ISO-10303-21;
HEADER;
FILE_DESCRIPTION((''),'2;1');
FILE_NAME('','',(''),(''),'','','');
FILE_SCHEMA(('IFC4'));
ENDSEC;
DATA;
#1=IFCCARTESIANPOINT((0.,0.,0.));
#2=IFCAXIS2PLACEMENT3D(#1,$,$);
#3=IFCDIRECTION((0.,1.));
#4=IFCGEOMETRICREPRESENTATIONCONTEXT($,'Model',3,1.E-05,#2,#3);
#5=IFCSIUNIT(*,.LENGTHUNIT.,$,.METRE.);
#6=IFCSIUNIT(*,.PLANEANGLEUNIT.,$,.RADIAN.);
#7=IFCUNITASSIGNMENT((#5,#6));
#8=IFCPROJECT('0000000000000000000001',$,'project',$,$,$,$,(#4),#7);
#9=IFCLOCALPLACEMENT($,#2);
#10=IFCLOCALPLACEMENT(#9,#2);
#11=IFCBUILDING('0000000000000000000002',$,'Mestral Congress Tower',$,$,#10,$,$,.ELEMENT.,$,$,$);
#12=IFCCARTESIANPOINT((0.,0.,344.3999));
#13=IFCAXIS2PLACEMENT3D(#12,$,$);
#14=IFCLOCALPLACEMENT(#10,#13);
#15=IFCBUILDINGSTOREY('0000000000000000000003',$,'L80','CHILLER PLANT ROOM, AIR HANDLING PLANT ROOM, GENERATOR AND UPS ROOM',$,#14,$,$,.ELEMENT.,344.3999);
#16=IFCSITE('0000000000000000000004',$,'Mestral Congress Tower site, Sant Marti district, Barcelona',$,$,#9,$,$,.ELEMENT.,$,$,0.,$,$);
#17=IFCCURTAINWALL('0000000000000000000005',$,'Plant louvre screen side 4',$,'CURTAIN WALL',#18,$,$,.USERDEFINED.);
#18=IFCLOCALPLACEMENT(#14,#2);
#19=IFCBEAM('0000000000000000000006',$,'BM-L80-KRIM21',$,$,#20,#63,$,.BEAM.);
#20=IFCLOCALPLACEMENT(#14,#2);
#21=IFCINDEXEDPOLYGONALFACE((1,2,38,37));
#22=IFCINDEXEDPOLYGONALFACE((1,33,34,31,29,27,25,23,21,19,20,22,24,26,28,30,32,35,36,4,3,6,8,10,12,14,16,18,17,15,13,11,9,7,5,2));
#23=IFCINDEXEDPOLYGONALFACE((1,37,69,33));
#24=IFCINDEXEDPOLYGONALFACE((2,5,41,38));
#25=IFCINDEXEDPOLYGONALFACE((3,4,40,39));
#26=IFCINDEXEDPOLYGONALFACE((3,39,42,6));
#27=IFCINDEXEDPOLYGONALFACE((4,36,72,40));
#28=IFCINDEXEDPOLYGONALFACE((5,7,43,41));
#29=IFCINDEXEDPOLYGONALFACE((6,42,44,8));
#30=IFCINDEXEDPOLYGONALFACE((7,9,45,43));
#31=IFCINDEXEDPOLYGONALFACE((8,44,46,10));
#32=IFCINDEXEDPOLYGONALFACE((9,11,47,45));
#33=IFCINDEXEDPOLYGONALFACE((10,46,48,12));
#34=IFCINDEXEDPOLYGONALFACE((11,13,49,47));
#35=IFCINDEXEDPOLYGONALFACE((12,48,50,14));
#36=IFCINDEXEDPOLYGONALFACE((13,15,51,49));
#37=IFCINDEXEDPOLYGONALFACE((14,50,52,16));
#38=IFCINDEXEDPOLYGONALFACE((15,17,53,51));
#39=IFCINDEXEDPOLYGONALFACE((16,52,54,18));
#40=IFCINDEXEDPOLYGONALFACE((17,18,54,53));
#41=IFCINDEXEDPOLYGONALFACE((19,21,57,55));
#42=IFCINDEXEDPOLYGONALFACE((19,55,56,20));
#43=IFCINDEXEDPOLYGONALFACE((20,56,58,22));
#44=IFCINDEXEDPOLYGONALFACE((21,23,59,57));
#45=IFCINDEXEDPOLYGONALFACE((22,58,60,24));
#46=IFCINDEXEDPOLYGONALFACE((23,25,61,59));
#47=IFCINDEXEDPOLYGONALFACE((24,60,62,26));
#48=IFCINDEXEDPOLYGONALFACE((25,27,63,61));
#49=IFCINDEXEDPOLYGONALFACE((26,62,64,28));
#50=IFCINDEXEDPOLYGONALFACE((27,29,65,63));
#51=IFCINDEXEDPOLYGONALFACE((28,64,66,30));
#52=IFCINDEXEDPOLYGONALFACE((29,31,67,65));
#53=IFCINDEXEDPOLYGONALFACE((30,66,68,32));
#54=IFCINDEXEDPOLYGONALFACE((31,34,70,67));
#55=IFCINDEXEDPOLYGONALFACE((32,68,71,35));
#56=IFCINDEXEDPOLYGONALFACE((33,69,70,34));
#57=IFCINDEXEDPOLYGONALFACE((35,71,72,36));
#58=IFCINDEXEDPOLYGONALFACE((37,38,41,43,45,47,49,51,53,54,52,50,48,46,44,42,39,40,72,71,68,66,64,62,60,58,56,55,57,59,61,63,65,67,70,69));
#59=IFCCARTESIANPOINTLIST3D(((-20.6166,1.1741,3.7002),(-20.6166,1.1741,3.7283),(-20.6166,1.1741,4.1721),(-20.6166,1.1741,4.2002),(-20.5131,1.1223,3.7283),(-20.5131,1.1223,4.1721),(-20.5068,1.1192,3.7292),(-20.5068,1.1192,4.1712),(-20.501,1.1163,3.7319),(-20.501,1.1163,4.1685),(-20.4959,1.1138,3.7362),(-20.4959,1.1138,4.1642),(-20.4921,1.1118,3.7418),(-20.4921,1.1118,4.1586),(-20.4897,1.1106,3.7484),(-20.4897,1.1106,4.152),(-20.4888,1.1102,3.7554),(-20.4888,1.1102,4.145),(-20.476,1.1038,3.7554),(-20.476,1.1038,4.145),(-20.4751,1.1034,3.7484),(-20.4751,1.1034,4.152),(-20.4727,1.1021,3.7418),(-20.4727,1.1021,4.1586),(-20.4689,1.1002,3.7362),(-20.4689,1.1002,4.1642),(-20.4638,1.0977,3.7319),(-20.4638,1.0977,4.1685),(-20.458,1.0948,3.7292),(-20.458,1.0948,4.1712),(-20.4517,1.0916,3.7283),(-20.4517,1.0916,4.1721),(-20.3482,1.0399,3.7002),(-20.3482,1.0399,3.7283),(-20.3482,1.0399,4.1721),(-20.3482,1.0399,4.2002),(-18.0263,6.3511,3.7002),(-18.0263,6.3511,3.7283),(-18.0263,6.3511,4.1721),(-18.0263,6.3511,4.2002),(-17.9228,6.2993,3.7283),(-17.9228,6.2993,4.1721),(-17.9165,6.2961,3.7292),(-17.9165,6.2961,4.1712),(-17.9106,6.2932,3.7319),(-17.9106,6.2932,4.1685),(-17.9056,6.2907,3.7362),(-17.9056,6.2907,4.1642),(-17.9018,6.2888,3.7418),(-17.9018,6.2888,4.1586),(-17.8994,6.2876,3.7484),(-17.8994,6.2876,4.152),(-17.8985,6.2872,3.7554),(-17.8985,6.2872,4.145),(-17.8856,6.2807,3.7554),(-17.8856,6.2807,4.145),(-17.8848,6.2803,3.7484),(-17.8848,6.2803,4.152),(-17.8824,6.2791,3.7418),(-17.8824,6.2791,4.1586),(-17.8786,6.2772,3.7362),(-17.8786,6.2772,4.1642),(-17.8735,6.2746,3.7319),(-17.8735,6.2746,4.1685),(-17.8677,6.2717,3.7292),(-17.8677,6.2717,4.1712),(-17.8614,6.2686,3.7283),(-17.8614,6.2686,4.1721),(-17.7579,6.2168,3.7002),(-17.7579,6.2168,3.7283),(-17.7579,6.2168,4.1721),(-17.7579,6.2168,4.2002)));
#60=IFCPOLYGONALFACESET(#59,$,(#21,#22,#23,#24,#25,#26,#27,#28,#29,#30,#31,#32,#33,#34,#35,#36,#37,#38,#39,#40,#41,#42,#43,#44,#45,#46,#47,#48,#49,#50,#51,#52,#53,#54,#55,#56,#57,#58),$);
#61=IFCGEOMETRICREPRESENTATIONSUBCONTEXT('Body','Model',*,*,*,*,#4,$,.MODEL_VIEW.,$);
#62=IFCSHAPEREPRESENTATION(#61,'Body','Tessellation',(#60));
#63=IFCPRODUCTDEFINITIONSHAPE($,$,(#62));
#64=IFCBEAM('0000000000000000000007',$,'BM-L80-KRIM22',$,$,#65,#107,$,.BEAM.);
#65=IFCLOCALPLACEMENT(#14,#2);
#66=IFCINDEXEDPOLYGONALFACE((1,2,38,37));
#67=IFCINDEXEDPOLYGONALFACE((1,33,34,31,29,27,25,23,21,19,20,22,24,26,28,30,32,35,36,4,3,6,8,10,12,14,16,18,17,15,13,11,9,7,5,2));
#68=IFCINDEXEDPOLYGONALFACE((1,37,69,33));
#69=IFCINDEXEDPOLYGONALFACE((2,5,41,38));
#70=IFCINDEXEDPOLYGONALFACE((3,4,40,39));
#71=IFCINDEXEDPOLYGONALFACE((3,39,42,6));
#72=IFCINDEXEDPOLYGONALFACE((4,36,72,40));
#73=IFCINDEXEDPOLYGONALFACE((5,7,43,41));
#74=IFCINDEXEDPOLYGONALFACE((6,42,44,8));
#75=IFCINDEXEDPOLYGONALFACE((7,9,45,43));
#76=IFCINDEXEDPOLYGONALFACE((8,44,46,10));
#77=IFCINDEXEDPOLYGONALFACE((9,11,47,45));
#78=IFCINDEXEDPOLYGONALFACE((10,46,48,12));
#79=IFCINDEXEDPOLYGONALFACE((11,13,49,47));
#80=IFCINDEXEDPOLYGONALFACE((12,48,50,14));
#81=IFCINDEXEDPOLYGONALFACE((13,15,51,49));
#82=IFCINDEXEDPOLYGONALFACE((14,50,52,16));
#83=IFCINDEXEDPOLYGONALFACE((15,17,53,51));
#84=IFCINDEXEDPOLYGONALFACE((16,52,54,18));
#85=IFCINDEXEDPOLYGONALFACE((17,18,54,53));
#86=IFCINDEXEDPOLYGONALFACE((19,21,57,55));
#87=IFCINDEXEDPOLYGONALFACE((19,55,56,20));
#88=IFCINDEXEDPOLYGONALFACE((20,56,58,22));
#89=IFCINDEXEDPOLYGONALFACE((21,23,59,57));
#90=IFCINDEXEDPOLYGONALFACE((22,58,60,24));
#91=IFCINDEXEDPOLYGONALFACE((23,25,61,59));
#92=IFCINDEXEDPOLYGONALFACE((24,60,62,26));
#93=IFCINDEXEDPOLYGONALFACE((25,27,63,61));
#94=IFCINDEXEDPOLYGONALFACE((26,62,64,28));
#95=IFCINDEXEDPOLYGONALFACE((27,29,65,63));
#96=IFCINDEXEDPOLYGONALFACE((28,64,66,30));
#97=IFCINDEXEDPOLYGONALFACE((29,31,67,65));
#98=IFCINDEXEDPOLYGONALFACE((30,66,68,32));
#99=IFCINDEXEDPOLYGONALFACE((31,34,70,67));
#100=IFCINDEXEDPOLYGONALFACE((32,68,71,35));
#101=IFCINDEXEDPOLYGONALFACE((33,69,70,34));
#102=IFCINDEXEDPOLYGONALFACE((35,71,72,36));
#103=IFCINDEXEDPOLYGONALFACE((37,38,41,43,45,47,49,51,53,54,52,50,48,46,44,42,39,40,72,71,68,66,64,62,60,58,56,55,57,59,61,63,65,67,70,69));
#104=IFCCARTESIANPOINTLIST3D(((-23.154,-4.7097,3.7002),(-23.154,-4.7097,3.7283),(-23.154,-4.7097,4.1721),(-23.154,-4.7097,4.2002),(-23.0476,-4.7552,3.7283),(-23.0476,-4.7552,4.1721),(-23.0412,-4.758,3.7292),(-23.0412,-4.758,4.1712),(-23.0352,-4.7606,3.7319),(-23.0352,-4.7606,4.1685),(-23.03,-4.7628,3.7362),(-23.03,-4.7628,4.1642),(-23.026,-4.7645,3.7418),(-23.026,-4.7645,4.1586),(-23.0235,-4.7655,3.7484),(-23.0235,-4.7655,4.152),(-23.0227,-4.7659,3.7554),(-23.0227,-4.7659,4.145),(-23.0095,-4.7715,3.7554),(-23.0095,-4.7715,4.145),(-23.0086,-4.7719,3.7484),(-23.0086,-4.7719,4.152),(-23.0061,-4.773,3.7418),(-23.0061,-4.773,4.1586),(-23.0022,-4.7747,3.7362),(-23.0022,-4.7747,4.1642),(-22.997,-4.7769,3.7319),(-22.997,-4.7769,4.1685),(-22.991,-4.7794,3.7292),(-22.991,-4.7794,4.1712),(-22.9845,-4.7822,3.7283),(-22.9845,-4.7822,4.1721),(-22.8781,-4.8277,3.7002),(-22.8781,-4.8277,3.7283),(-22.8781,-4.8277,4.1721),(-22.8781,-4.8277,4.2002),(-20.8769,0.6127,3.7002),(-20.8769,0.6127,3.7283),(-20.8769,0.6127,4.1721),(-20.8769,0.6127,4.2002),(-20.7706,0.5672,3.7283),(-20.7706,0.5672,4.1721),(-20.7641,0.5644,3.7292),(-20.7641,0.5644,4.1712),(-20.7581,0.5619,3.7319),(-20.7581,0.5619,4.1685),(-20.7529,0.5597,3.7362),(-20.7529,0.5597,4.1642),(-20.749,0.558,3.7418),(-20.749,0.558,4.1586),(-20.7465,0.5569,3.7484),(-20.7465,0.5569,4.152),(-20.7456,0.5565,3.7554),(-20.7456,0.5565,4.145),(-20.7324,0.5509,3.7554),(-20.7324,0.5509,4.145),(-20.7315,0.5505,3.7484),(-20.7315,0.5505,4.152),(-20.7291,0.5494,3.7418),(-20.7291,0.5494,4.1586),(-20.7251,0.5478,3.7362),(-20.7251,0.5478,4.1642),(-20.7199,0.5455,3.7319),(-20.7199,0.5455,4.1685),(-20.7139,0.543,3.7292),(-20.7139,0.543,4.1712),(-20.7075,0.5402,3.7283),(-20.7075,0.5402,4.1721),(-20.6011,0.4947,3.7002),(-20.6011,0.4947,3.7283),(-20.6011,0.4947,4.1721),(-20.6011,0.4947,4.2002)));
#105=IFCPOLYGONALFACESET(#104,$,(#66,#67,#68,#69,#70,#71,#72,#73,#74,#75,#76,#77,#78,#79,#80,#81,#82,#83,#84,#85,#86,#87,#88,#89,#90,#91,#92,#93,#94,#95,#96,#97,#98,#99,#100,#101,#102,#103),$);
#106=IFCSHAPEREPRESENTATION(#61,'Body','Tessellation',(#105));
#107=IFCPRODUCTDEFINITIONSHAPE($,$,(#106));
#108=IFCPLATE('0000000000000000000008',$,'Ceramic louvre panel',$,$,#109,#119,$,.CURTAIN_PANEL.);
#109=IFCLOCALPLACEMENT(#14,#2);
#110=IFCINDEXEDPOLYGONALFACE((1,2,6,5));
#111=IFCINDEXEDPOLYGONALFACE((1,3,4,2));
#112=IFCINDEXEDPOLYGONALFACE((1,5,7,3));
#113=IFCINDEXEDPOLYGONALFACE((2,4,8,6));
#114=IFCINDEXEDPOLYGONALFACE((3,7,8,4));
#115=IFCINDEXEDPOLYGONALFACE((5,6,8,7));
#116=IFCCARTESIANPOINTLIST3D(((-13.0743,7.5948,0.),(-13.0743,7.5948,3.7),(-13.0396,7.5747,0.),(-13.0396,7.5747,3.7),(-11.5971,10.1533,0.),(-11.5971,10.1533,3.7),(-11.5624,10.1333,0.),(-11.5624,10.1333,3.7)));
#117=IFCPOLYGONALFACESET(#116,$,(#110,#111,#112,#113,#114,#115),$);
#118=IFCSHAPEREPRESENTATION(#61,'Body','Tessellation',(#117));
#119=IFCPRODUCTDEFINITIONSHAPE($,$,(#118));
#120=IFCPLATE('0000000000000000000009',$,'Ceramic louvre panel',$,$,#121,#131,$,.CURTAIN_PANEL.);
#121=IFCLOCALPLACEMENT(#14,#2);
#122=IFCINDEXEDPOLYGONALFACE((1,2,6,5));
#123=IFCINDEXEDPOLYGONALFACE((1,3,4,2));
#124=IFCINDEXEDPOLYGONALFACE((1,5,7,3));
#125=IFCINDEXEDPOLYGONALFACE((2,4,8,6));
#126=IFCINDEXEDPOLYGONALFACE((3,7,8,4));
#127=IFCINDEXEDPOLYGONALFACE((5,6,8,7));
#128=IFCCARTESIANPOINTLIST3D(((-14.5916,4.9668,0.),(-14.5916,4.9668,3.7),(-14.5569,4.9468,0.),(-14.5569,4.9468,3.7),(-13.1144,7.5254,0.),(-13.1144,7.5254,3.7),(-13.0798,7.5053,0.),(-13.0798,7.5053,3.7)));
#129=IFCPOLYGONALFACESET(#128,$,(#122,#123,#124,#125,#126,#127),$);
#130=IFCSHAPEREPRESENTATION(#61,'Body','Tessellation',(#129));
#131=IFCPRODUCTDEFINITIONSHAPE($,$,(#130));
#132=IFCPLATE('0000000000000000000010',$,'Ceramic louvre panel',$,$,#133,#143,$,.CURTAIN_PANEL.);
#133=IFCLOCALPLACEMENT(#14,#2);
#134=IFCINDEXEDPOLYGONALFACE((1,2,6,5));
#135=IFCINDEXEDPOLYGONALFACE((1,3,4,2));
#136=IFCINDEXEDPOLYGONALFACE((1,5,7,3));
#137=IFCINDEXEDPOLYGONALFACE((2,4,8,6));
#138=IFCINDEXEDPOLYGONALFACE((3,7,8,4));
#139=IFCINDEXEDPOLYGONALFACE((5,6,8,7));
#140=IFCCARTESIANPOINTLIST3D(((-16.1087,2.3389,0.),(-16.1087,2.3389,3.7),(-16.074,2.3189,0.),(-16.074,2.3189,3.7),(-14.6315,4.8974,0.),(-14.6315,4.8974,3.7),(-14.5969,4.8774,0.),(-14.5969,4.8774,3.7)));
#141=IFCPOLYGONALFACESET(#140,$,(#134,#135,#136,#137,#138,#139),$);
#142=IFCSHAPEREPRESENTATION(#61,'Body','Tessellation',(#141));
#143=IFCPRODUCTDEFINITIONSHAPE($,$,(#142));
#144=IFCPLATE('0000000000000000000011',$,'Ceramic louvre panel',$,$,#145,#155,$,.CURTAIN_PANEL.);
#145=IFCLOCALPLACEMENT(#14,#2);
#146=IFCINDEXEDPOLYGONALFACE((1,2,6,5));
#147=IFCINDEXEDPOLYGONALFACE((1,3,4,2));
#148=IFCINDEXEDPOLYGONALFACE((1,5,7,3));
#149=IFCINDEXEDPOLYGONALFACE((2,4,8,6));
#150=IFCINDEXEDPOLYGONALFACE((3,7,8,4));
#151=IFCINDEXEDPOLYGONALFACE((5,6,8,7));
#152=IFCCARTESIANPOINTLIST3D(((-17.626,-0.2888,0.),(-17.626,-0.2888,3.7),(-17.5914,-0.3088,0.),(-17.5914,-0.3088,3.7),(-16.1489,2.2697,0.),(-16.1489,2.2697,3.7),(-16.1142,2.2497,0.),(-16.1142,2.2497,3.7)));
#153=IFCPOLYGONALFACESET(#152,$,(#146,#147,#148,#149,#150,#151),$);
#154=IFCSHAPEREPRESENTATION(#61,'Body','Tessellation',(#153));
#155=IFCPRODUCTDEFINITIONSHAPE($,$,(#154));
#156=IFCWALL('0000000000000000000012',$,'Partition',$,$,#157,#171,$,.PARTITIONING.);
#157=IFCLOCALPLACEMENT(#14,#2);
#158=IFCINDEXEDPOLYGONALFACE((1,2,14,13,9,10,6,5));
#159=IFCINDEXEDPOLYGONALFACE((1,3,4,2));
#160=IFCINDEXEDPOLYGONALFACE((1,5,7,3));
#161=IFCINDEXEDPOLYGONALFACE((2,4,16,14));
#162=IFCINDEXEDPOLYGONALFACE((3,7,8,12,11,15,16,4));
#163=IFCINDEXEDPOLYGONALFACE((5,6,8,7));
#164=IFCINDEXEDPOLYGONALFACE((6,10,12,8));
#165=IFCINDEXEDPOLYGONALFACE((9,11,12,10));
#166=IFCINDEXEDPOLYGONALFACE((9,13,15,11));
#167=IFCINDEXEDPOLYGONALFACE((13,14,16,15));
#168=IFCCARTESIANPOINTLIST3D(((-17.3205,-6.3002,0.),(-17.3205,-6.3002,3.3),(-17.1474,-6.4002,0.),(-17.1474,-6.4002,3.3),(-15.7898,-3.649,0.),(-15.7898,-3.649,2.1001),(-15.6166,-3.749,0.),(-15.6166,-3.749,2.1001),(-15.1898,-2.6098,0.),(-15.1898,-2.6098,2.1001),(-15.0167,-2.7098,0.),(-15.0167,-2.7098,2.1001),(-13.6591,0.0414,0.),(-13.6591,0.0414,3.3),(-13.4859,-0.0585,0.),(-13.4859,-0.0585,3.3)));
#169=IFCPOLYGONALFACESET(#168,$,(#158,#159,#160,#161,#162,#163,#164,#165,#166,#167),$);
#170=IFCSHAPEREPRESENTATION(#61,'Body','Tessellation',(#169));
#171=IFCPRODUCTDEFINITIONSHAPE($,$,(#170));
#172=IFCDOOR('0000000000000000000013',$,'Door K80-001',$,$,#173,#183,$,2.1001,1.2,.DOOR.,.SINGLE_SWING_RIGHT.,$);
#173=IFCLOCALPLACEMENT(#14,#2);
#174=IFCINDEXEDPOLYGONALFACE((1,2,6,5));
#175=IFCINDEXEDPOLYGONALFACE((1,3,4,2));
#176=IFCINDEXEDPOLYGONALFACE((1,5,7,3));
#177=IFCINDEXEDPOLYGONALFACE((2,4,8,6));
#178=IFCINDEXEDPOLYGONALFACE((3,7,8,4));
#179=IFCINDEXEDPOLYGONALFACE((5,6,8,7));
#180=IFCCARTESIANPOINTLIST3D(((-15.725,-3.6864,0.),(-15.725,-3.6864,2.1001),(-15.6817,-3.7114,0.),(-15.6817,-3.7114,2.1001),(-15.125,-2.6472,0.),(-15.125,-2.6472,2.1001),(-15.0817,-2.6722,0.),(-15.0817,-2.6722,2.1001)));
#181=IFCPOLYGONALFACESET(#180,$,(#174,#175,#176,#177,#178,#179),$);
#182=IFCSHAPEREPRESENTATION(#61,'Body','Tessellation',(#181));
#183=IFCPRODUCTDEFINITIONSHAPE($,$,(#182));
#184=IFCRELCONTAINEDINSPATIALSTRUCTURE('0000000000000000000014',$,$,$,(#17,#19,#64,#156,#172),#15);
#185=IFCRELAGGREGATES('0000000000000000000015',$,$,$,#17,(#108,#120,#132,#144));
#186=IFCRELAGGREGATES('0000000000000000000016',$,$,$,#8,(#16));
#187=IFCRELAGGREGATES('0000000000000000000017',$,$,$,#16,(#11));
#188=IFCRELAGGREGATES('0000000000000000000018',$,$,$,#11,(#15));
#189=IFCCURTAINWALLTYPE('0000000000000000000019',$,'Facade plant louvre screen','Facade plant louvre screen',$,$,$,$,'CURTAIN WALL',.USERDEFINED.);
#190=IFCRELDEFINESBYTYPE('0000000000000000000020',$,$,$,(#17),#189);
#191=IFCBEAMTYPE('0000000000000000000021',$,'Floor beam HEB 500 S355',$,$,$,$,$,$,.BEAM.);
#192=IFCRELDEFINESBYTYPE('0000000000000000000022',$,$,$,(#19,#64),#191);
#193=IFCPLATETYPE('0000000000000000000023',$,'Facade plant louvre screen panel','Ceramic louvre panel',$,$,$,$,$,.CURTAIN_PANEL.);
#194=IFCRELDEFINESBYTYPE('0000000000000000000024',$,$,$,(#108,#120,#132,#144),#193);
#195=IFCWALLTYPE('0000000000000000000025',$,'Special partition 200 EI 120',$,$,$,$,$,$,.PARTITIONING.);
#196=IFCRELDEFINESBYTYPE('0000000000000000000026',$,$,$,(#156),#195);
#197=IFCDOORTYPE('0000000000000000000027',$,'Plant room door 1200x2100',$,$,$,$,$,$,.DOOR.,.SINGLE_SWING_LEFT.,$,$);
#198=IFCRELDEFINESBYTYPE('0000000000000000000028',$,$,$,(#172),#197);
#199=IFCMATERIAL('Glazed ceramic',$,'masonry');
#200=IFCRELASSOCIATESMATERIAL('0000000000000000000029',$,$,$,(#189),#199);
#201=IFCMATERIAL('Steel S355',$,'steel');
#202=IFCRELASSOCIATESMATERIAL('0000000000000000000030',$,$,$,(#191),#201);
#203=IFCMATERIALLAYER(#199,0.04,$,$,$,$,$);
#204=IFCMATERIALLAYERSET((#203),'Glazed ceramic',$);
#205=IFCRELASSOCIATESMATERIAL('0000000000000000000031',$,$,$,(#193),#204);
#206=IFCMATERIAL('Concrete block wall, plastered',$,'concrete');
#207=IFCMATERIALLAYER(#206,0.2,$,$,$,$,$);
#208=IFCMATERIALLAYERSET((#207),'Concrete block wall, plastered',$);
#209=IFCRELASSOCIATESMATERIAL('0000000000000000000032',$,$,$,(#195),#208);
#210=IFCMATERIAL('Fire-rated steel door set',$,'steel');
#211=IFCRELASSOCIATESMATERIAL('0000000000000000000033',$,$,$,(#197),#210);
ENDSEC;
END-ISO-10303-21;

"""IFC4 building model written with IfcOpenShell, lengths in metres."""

from ifc_helpers import new_model, si_unit, direction, frame, frame_2d, origin, origin_2d, place, context, subcontext, project, spatial, rectangle, i_section, extrude, material, layer, layer_set, material_profile, profile_set, type_object, element, fill, aggregate, save


model = new_model("IFC4")

# Units and contexts
model_context = context("Model", 3, precision=1e-05, world=origin(), true_north=direction((0.0, 1.0)))
body_context = subcontext(model_context, "Body", "Model", "MODEL_VIEW")
ifc_project = project(units=[si_unit("LENGTHUNIT", "METRE"), si_unit("PLANEANGLEUNIT", "RADIAN")], contexts=[model_context])

# Site, building, storey
site_placement = place(None, origin())
site = spatial("IfcSite", under=ifc_project, at=site_placement, Name="Mestral Congress Tower site, Sant Marti district, Barcelona", CompositionType="ELEMENT", RefElevation=0.0)
building_placement = place(site_placement, origin())
building = spatial("IfcBuilding", under=site, at=building_placement, Name="Mestral Congress Tower", CompositionType="ELEMENT")
storey_placement = place(building_placement, frame((0.0, 0.0, 344.3999)))
storey = spatial("IfcBuildingStorey", under=building, at=storey_placement, Name="L80", Description="CHILLER PLANT ROOM, AIR HANDLING PLANT ROOM, GENERATOR AND UPS ROOM", CompositionType="ELEMENT", Elevation=344.3999)

# Shared definitions
ifc_material_1 = material(Name="Steel S355", Category="steel")

# Curtain wall
ifc_material_2 = material(Name="Glazed ceramic", Category="masonry")
curtain_wall_type = type_object("IfcCurtainWallType", Name="Facade plant louvre screen", Description="Facade plant louvre screen", ElementType="CURTAIN WALL", PredefinedType="USERDEFINED", material=ifc_material_2)
curtain_wall_placement = place(storey_placement, origin())
curtain_wall = element("IfcCurtainWall", 1, at=curtain_wall_placement, inside=storey, type_object=curtain_wall_type, Name="Plant louvre screen side 4", ObjectType="CURTAIN WALL", PredefinedType="USERDEFINED")

# Beams
ifc_material_profile_1 = material_profile(ifc_material_1, i_section(OverallWidth=0.3, OverallDepth=0.5, WebThickness=0.0144, FlangeThickness=0.0281, FilletRadius=0.0271, at=origin_2d()), Name="HEB 500")
ifc_profile_set_1 = profile_set([ifc_material_profile_1], Name="Steel S355")
beam_type_1 = type_object("IfcBeamType", Name="Floor beam HEB 500 S355", PredefinedType="BEAM", material=ifc_profile_set_1)
beam_1_placement = place(storey_placement, frame((-17.8921, 6.2839, 3.9502), z_axis=(-0.447467, -0.894301, 0.0), x_axis=(0.894301, -0.447467, 0.0)))
element("IfcBeam", 2, at=beam_1_placement, inside=storey, type_object=beam_type_1, Name="BM-L80-KRIM21", PredefinedType="BEAM", context=body_context, shape_type="SweptSolid", body=[
    extrude(i_section(OverallWidth=0.3, OverallDepth=0.5, WebThickness=0.0144, FlangeThickness=0.0281, FilletRadius=0.0271, at=origin_2d()), origin(), (0.0, 0.0, 1.0), 5.7888),
])
beam_2_placement = place(storey_placement, frame((-20.739, 0.5537, 3.9502), z_axis=(-0.393339, -0.919394, 0.0), x_axis=(0.919394, -0.393339, 0.0)))
element("IfcBeam", 3, at=beam_2_placement, inside=storey, type_object=beam_type_1, Name="BM-L80-KRIM22", PredefinedType="BEAM", context=body_context, shape_type="SweptSolid", body=[
    extrude(i_section(OverallWidth=0.3, OverallDepth=0.5, WebThickness=0.0144, FlangeThickness=0.0281, FilletRadius=0.0271, at=origin_2d()), origin(), (0.0, 0.0, 1.0), 5.7891),
])

# Plates
ifc_layer_1 = layer(ifc_material_2, 0.04)
ifc_layer_set_1 = layer_set([ifc_layer_1], Name="Glazed ceramic")
plate_type = type_object("IfcPlateType", Name="Facade plant louvre screen panel", Description="Ceramic louvre panel", PredefinedType="CURTAIN_PANEL", material=ifc_layer_set_1)
plate_1_placement = place(storey_placement, frame((-12.3184, 8.864, 0.0), z_axis=(0.0, 0.0, 1.0), x_axis=(-0.500002, -0.866025, 0.0)))
plate_1 = element("IfcPlate", 4, at=plate_1_placement, type_object=plate_type, Name="Ceramic louvre panel", PredefinedType="CURTAIN_PANEL", context=body_context, shape_type="SweptSolid", body=[
    extrude(rectangle(XDim=2.9543, YDim=0.04, at=origin_2d()), origin(), (0.0, 0.0, 1.0), 3.7),
])
plate_2_placement = place(storey_placement, frame((-13.8357, 6.2361, 0.0), z_axis=(0.0, 0.0, 1.0), x_axis=(-0.500002, -0.866025, 0.0)))
plate_2 = element("IfcPlate", 5, at=plate_2_placement, type_object=plate_type, Name="Ceramic louvre panel", PredefinedType="CURTAIN_PANEL", context=body_context, shape_type="SweptSolid", body=[
    extrude(rectangle(XDim=2.9543, YDim=0.04, at=origin_2d()), origin(), (0.0, 0.0, 1.0), 3.7),
])
plate_3_placement = place(storey_placement, frame((-15.3528, 3.6082, 0.0), z_axis=(0.0, 0.0, 1.0), x_axis=(-0.500002, -0.866025, 0.0)))
plate_3 = element("IfcPlate", 6, at=plate_3_placement, type_object=plate_type, Name="Ceramic louvre panel", PredefinedType="CURTAIN_PANEL", context=body_context, shape_type="SweptSolid", body=[
    extrude(rectangle(XDim=2.9543, YDim=0.04, at=origin_2d()), origin(), (0.0, 0.0, 1.0), 3.7),
])
plate_4_placement = place(storey_placement, frame((-16.8701, 0.9805, 0.0), z_axis=(0.0, 0.0, 1.0), x_axis=(-0.500002, -0.866025, 0.0)))
plate_4 = element("IfcPlate", 7, at=plate_4_placement, type_object=plate_type, Name="Ceramic louvre panel", PredefinedType="CURTAIN_PANEL", context=body_context, shape_type="SweptSolid", body=[
    extrude(rectangle(XDim=2.9543, YDim=0.04, at=origin_2d()), origin(), (0.0, 0.0, 1.0), 3.7),
])
aggregate(curtain_wall, [plate_1, plate_2, plate_3, plate_4])

# Wall, opening, door
ifc_material_3 = material(Name="Concrete block wall, plastered", Category="concrete")
ifc_layer_2 = layer(ifc_material_3, 0.2)
ifc_layer_set_2 = layer_set([ifc_layer_2], Name="Concrete block wall, plastered")
wall_type = type_object("IfcWallType", Name="Special partition 200 EI 120", PredefinedType="PARTITIONING", material=ifc_layer_set_2)
wall_1_placement = place(storey_placement, frame((-13.5725, -0.0085, 0.0), z_axis=(0.0, 0.0, 1.0), x_axis=(-0.500008, -0.866021, 0.0)))
wall_1 = element("IfcWall", 8, at=wall_1_placement, inside=storey, type_object=wall_type, Name="Partition", PredefinedType="PARTITIONING", context=body_context, shape_type="SweptSolid", body=[
    extrude(rectangle(XDim=7.3228, YDim=0.2, at=frame_2d((3.6614, 0.0))), origin(), (0.0, 0.0, 1.0), 3.3),
])
opening_placement = place(wall_1_placement, frame((3.0613, 0.0, 0.0)))
opening = element("IfcOpeningElement", 9, at=opening_placement, cuts=wall_1, PredefinedType="OPENING", context=body_context, shape_type="SweptSolid", body=[
    extrude(rectangle(XDim=1.2, YDim=2.1001, at=frame_2d((0.6001, 1.05))), frame((0.0, 0.1099, 0.0), z_axis=(0.0, -1.0, 0.0), x_axis=(1.0, 0.0, 0.0)), (0.0, 0.0, 1.0), 0.22),
])
ifc_material_4 = material(Name="Fire-rated steel door set", Category="steel")
door_type = type_object("IfcDoorType", Name="Plant room door 1200x2100", OperationType="SINGLE_SWING_LEFT", PredefinedType="DOOR", material=ifc_material_4)
door_placement = place(opening_placement, origin())
door = element("IfcDoor", 10, at=door_placement, inside=storey, type_object=door_type, Name="Door K80-001", OperationType="SINGLE_SWING_RIGHT", OverallHeight=2.1001, OverallWidth=1.2, PredefinedType="DOOR", context=body_context, shape_type="SweptSolid", body=[
    extrude(rectangle(XDim=1.2, YDim=2.1001, at=frame_2d((0.6001, 1.05))), frame((0.0, 0.0249, 0.0), z_axis=(0.0, -1.0, 0.0), x_axis=(1.0, 0.0, 0.0)), (0.0, 0.0, 1.0), 0.05),
])
fill(opening, door)

save(model, "model.ifc")
